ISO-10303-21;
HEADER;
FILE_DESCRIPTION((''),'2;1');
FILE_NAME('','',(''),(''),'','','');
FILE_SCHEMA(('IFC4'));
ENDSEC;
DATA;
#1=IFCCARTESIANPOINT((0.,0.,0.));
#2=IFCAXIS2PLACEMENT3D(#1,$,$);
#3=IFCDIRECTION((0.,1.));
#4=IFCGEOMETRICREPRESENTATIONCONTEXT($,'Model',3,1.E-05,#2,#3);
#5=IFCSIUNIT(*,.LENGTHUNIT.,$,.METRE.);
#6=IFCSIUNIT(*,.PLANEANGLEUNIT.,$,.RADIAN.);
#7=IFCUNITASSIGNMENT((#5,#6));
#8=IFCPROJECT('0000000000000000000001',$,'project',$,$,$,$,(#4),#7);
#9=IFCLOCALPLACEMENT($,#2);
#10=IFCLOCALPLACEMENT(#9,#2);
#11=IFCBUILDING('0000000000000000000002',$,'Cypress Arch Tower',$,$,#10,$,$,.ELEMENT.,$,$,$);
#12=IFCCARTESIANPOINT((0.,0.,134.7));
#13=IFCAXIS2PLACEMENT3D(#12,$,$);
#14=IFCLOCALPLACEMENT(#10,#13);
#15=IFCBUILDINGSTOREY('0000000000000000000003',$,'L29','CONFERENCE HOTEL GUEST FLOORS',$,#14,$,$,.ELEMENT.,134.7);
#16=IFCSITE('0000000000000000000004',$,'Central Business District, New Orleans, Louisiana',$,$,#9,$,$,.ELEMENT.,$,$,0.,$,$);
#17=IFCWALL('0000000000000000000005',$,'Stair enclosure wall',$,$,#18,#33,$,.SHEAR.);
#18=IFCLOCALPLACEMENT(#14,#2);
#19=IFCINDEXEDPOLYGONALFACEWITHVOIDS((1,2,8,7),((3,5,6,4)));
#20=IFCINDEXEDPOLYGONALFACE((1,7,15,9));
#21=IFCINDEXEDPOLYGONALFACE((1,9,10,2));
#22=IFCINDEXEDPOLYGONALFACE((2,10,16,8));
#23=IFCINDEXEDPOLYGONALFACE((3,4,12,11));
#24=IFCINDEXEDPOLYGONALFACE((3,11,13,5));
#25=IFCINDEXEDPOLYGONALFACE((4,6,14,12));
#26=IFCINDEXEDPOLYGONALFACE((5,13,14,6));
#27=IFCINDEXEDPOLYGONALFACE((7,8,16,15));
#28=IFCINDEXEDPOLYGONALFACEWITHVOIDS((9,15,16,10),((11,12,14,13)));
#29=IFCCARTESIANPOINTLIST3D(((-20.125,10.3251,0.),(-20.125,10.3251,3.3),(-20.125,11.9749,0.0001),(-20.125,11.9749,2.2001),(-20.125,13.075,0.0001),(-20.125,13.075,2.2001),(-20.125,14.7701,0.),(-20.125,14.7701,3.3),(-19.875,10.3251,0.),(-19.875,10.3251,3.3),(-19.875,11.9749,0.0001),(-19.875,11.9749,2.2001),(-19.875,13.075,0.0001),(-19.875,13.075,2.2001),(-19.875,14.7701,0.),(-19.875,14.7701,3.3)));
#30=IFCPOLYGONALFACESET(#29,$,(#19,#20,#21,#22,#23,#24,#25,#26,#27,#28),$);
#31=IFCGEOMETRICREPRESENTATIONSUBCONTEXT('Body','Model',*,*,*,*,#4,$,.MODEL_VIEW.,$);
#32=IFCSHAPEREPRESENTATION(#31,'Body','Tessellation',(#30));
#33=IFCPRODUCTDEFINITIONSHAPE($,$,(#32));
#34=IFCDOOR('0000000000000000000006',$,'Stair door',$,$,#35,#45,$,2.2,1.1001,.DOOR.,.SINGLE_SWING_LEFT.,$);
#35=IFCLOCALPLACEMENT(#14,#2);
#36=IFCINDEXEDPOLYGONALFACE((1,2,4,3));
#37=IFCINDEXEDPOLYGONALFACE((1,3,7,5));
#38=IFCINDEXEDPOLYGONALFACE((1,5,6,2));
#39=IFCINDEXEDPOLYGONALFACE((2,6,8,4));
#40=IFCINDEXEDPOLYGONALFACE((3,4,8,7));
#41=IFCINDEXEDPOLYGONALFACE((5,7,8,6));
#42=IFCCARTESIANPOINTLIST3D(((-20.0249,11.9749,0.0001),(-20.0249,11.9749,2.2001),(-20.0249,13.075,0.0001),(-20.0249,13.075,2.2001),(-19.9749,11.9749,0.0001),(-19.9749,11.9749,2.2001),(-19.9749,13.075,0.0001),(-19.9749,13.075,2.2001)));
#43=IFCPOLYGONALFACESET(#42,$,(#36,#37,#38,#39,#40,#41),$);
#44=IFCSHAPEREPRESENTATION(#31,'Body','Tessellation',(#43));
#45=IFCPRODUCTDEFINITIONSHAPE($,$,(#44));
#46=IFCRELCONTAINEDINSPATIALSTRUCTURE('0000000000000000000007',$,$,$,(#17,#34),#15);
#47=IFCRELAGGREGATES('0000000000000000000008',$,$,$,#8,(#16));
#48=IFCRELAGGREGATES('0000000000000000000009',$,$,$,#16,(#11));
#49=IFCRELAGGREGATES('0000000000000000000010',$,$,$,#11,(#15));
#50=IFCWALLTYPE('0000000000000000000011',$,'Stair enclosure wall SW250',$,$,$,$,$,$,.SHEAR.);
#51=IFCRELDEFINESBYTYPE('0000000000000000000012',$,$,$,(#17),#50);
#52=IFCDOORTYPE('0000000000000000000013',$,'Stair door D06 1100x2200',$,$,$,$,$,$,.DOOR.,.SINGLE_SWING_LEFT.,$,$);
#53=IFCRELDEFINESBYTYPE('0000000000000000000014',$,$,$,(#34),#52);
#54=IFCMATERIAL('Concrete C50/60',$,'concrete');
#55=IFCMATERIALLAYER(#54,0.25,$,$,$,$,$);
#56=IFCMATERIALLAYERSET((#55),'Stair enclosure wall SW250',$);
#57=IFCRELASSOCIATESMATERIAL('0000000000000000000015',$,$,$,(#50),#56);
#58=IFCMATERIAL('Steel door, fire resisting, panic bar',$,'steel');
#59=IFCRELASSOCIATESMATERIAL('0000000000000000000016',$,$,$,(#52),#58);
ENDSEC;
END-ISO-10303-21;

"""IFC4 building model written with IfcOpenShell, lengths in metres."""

from ifc_helpers import new_model, si_unit, direction, frame, frame_2d, origin, place, context, subcontext, project, spatial, rectangle, extrude, material, layer, layer_set, type_object, element, fill, save


model = new_model("IFC4")

# Units and contexts
model_context = context("Model", 3, precision=1e-05, world=origin(), true_north=direction((0.0, 1.0)))
body_context = subcontext(model_context, "Body", "Model", "MODEL_VIEW")
ifc_project = project(units=[si_unit("LENGTHUNIT", "METRE"), si_unit("PLANEANGLEUNIT", "RADIAN")], contexts=[model_context])

# Site, building, storey
site_placement = place(None, origin())
site = spatial("IfcSite", under=ifc_project, at=site_placement, Name="Central Business District, New Orleans, Louisiana", CompositionType="ELEMENT", RefElevation=0.0)
building_placement = place(site_placement, origin())
building = spatial("IfcBuilding", under=site, at=building_placement, Name="Cypress Arch Tower", CompositionType="ELEMENT")
storey_placement = place(building_placement, frame((0.0, 0.0, 134.7)))
storey = spatial("IfcBuildingStorey", under=building, at=storey_placement, Name="L29", Description="CONFERENCE HOTEL GUEST FLOORS", CompositionType="ELEMENT", Elevation=134.7)

# Wall, opening, door
ifc_material_1 = material(Name="Concrete C50/60", Category="concrete")
ifc_layer_1 = layer(ifc_material_1, 0.25)
ifc_layer_set_1 = layer_set([ifc_layer_1], Name="Stair enclosure wall SW250")
wall_type_1 = type_object("IfcWallType", Name="Stair enclosure wall SW250", PredefinedType="SHEAR", material=ifc_layer_set_1)
wall_1_placement = place(storey_placement, frame((-20.0, 10.325, 0.0), z_axis=(0.0, 0.0, 1.0), x_axis=(0.0, 1.0, 0.0)))
wall_1 = element("IfcWall", 1, at=wall_1_placement, inside=storey, type_object=wall_type_1, Name="Stair enclosure wall", PredefinedType="SHEAR", context=body_context, shape_type="SweptSolid", body=[
    extrude(rectangle(XDim=4.4451, YDim=0.25, at=frame_2d((2.2227, 0.0))), origin(), (0.0, 0.0, 1.0), 3.3),
])
opening_1_placement = place(wall_1_placement, frame((1.6499, 0.0, 0.0)))
opening_1 = element("IfcOpeningElement", 2, at=opening_1_placement, cuts=wall_1, PredefinedType="OPENING", context=body_context, shape_type="SweptSolid", body=[
    extrude(rectangle(XDim=1.1001, YDim=2.2, at=frame_2d((0.55, 1.1001))), frame((0.0, 0.135, 0.0), z_axis=(0.0, -1.0, 0.0), x_axis=(1.0, 0.0, 0.0)), (0.0, 0.0, 1.0), 0.27),
])
ifc_material_2 = material(Name="Steel door, fire resisting, panic bar", Category="steel")
door_type_1 = type_object("IfcDoorType", Name="Stair door D06 1100x2200", OperationType="SINGLE_SWING_LEFT", PredefinedType="DOOR", material=ifc_material_2)
door_1_placement = place(opening_1_placement, origin())
door_1 = element("IfcDoor", 3, at=door_1_placement, inside=storey, type_object=door_type_1, Name="Stair door", OperationType="SINGLE_SWING_LEFT", OverallHeight=2.2, OverallWidth=1.1001, PredefinedType="DOOR", context=body_context, shape_type="SweptSolid", body=[
    extrude(rectangle(XDim=1.1001, YDim=2.2, at=frame_2d((0.55, 1.1001))), frame((0.0, 0.0249, 0.0), z_axis=(0.0, -1.0, 0.0), x_axis=(1.0, 0.0, 0.0)), (0.0, 0.0, 1.0), 0.05),
])
fill(opening_1, door_1)

save(model, "model.ifc")
